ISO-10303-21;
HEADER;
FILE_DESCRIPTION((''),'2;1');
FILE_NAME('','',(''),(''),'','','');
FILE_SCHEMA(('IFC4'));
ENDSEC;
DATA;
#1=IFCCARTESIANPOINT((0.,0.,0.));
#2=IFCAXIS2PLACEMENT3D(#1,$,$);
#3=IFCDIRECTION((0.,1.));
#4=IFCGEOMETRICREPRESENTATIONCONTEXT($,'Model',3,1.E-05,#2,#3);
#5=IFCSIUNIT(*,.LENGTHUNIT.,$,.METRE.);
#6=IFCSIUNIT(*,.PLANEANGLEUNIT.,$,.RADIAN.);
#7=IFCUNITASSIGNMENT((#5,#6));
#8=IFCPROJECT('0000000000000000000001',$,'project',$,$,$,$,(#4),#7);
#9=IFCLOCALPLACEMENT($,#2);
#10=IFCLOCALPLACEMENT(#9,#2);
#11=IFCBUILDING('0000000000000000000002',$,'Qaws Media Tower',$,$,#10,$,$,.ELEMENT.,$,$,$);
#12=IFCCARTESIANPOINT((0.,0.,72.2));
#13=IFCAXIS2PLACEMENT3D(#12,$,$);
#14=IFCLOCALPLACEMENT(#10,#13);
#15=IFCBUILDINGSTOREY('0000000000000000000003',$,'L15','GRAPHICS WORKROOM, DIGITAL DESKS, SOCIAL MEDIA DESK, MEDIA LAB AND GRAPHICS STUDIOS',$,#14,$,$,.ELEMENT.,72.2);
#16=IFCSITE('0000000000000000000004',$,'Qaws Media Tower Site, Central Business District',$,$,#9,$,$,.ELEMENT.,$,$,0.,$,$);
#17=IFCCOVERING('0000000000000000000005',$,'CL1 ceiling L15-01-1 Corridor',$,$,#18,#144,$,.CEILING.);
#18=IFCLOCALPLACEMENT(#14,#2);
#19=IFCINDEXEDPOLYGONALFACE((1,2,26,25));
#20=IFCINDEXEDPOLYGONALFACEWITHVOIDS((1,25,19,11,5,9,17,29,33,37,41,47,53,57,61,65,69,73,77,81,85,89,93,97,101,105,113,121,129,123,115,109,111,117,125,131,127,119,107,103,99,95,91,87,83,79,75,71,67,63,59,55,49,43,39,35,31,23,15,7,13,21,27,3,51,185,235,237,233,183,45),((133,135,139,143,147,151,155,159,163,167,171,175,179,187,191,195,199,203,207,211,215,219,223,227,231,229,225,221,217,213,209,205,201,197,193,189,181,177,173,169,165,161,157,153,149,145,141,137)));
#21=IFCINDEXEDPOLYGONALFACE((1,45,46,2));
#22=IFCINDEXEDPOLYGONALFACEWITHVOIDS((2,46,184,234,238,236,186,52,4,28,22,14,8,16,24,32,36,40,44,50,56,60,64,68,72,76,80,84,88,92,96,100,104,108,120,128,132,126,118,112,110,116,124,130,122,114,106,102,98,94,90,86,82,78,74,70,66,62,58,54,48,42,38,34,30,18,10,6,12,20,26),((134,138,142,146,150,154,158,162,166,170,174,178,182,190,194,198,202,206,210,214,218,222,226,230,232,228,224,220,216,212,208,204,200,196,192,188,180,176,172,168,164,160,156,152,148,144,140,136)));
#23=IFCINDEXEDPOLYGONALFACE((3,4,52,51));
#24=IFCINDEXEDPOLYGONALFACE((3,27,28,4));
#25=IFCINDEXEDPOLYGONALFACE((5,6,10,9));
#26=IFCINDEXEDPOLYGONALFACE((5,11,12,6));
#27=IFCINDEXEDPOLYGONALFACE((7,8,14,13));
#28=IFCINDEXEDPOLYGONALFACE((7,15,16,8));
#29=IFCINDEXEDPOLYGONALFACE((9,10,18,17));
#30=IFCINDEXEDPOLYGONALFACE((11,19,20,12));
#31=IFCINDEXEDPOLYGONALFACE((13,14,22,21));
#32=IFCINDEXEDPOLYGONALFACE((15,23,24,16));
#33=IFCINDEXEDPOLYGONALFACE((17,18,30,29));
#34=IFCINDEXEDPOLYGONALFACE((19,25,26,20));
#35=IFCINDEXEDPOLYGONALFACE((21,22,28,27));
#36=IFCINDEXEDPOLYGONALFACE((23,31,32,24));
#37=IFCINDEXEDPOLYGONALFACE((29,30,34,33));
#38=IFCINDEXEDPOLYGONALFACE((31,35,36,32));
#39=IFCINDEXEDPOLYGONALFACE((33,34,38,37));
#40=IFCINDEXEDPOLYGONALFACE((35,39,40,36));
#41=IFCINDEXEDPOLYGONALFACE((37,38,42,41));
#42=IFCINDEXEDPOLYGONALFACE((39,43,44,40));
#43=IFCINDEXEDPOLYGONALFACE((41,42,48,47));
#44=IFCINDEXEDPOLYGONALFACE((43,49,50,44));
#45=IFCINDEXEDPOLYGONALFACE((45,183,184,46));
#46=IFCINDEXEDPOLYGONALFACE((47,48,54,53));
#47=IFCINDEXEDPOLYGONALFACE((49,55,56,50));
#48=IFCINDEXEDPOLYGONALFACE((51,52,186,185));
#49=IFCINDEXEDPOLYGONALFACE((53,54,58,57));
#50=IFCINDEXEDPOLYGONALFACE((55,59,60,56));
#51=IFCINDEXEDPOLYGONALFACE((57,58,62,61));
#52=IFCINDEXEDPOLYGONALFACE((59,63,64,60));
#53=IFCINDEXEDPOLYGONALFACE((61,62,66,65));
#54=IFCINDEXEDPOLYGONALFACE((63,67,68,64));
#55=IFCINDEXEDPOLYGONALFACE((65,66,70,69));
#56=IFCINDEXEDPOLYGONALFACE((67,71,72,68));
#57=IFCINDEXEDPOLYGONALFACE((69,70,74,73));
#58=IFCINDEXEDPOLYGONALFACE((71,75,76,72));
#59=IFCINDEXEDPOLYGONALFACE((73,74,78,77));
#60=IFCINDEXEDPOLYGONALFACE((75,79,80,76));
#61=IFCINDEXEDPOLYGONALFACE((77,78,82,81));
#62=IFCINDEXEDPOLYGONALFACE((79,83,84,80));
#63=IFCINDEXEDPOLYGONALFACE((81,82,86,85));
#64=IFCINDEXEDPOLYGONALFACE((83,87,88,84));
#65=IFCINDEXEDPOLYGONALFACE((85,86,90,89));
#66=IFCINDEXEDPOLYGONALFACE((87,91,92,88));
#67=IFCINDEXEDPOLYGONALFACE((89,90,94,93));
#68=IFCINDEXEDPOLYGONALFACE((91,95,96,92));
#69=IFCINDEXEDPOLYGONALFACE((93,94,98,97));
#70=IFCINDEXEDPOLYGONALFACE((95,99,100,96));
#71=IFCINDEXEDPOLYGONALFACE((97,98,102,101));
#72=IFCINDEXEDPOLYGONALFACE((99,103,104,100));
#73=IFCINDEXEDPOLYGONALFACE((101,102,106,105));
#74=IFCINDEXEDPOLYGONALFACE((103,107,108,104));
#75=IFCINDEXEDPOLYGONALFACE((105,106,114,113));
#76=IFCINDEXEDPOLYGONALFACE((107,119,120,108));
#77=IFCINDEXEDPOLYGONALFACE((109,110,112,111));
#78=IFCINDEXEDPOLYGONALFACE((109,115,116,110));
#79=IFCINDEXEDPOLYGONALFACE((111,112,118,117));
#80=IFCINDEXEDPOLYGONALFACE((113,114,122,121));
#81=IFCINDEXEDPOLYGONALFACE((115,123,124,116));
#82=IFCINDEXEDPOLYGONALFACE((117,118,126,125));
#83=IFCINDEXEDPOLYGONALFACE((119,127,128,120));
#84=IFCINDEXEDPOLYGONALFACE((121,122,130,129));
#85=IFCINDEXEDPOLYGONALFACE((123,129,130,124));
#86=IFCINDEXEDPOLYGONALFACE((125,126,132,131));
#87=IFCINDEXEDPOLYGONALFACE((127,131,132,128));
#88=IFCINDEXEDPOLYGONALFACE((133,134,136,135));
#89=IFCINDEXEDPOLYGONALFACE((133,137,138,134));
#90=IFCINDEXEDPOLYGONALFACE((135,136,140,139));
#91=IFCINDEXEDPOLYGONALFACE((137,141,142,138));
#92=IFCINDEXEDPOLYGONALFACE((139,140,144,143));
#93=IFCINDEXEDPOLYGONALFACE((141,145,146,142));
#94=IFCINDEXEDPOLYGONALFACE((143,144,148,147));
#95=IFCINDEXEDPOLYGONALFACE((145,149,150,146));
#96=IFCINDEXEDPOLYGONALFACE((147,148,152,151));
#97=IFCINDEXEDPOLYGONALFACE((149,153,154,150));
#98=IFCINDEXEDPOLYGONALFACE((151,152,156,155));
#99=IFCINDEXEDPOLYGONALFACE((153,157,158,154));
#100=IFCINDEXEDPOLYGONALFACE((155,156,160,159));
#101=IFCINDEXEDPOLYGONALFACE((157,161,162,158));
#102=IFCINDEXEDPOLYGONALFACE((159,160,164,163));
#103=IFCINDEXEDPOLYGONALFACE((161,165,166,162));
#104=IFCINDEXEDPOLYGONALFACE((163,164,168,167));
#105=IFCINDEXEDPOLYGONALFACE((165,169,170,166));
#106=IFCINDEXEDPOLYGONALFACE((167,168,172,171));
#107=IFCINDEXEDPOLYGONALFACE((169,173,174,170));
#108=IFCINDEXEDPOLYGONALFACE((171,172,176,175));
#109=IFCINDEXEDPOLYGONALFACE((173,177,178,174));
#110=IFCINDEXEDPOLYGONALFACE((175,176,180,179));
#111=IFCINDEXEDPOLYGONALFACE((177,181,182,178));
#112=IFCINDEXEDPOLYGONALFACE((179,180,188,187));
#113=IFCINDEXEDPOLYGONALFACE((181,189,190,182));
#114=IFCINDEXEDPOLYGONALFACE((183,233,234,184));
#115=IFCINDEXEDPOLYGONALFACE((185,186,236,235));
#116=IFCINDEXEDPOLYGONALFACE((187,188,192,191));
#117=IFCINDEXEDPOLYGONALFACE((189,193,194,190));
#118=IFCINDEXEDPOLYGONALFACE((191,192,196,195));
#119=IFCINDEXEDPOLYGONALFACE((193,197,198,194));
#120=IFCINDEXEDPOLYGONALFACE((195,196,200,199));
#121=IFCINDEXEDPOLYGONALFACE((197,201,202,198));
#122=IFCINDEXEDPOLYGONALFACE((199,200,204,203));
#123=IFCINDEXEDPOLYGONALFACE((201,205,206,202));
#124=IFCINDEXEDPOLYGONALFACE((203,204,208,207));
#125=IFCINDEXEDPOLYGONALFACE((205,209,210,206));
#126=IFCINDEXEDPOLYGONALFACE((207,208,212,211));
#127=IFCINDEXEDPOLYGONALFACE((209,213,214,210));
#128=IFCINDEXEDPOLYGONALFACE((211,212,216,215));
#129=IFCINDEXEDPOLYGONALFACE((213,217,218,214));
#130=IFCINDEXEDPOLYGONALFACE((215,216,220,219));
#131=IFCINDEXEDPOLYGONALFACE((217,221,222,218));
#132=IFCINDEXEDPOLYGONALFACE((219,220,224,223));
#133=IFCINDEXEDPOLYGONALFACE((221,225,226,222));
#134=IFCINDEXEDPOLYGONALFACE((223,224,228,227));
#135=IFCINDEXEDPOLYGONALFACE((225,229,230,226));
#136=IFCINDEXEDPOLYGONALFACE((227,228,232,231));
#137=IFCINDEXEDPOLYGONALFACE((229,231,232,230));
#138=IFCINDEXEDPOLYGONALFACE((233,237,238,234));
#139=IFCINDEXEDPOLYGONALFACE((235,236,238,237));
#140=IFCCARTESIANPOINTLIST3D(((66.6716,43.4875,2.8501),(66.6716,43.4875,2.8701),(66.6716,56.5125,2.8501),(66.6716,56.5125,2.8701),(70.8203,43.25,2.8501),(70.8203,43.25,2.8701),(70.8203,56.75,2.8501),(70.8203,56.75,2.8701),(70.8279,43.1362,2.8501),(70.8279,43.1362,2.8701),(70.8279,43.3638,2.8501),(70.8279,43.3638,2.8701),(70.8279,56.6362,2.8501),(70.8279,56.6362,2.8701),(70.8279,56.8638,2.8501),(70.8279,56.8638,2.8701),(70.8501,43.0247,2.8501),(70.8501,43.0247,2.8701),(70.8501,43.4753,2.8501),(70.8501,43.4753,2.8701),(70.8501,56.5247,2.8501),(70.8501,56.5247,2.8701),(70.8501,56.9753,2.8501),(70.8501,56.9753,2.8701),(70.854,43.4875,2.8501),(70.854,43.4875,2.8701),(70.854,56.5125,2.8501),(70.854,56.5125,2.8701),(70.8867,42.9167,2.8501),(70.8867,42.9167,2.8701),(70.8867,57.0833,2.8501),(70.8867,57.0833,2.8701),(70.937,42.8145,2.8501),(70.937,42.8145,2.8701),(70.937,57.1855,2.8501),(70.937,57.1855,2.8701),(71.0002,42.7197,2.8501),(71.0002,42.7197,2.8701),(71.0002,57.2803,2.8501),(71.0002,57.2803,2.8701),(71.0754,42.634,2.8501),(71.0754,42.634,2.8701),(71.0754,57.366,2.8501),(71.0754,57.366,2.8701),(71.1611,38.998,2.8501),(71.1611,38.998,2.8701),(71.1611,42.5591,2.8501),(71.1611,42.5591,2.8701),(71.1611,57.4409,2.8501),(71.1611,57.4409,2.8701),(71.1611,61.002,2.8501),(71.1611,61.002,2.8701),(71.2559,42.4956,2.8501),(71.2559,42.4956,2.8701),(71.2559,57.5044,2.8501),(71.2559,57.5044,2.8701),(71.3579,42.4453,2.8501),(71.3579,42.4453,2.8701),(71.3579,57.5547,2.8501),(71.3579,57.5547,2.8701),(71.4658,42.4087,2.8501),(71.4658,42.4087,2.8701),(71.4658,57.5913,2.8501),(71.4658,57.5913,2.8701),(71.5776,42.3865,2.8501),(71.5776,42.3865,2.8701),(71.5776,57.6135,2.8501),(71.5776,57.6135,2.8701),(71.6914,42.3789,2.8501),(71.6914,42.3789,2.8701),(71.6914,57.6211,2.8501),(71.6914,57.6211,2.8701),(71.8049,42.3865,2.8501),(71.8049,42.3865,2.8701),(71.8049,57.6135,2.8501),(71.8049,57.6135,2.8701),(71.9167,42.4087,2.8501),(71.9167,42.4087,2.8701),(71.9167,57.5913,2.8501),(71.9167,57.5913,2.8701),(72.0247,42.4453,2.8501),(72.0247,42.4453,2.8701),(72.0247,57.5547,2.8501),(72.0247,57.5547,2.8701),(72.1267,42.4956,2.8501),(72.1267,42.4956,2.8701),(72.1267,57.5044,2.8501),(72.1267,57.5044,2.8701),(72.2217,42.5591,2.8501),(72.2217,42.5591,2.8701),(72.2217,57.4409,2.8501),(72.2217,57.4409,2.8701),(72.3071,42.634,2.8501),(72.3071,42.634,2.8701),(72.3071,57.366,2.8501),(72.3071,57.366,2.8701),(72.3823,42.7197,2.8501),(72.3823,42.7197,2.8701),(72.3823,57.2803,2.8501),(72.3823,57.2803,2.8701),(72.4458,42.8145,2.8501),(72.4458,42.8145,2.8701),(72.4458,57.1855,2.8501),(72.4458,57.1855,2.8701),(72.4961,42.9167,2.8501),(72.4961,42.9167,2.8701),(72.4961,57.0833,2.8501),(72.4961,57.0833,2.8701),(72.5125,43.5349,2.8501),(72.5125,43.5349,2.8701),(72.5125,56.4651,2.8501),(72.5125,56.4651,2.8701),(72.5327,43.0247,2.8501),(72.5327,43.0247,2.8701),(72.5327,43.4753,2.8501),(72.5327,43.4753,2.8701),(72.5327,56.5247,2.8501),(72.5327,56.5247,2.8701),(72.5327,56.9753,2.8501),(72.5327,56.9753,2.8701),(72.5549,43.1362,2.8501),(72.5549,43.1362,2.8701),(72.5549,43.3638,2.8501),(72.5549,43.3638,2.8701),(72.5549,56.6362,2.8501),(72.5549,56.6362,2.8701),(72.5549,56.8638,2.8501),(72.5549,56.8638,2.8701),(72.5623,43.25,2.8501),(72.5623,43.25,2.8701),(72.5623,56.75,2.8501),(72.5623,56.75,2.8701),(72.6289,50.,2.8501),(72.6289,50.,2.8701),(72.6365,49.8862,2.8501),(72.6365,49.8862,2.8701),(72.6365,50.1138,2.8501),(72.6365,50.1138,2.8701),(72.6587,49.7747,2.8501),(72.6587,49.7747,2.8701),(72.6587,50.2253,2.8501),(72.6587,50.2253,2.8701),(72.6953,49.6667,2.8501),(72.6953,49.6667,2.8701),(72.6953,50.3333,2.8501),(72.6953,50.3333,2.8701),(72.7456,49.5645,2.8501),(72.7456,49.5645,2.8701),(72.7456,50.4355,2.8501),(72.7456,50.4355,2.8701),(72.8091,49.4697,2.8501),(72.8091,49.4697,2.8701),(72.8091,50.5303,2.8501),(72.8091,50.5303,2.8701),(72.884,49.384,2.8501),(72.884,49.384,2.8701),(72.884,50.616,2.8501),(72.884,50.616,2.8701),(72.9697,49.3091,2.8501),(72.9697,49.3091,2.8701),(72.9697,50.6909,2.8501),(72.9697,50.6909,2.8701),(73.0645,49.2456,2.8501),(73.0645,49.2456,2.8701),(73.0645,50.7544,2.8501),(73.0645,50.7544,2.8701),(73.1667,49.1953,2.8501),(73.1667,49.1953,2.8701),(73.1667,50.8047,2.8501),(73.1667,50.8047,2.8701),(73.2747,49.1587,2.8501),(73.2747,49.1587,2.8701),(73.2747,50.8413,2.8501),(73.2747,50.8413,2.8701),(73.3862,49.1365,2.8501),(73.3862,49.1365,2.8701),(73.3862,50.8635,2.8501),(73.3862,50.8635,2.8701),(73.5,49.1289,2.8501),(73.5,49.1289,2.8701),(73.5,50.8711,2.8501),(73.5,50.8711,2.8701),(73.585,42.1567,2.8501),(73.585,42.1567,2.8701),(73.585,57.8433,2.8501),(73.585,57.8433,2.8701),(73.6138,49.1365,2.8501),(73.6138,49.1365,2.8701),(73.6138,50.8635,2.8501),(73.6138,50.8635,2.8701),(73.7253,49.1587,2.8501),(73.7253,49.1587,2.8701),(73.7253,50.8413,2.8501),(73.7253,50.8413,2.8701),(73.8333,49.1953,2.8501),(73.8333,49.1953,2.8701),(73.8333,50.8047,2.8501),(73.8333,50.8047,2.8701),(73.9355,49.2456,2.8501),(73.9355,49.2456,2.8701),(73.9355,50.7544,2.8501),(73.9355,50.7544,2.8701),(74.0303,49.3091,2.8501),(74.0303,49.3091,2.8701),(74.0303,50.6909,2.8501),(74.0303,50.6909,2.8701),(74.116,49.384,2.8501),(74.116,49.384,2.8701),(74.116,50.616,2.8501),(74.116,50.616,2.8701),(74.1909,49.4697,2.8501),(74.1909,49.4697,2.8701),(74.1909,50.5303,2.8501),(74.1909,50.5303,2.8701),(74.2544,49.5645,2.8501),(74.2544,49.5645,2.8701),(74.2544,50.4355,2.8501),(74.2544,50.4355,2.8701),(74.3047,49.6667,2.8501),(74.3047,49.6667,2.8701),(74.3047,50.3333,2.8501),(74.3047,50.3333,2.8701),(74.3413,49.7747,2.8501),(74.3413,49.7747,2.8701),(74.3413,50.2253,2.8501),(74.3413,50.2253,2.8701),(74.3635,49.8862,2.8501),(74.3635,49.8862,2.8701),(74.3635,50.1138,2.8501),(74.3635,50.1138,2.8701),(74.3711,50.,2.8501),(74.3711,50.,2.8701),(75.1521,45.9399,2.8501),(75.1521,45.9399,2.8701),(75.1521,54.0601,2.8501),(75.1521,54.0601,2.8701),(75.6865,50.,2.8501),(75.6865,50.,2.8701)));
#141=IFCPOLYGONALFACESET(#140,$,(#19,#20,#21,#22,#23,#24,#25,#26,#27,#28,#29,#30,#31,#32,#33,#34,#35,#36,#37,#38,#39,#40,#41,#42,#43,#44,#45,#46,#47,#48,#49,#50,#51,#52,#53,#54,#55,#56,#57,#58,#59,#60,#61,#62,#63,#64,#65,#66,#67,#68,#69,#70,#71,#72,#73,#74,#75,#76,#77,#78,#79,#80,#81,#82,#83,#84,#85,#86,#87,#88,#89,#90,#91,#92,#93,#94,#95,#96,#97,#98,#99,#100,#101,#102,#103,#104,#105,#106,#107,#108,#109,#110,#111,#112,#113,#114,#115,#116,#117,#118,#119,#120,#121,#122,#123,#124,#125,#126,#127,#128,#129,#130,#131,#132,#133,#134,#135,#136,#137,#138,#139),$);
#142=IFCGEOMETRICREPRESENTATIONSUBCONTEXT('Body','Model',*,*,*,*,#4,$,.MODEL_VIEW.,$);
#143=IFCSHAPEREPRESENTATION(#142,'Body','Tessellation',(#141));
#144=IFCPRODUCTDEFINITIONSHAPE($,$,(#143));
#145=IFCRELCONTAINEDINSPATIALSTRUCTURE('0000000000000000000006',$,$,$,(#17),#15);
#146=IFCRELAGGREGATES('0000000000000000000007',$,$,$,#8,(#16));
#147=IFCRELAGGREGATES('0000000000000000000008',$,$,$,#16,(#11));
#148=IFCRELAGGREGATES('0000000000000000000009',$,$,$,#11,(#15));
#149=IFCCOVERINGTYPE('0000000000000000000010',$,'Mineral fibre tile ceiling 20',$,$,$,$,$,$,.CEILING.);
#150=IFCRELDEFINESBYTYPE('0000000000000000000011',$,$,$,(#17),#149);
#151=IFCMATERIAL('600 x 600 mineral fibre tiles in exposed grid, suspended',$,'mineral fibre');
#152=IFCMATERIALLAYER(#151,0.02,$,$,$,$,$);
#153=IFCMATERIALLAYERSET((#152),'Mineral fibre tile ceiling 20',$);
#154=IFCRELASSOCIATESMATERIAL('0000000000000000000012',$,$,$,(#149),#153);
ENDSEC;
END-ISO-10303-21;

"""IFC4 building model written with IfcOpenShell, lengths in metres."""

from ifc_helpers import new_model, si_unit, direction, frame, origin, place, context, subcontext, project, spatial, polyline, outline, extrude, material, layer, layer_set, type_object, element, save


model = new_model("IFC4")

# Units and contexts
model_context = context("Model", 3, precision=1e-05, world=origin(), true_north=direction((0.0, 1.0)))
body_context = subcontext(model_context, "Body", "Model", "MODEL_VIEW")
ifc_project = project(units=[si_unit("LENGTHUNIT", "METRE"), si_unit("PLANEANGLEUNIT", "RADIAN")], contexts=[model_context])

# Site, building, storey
site_placement = place(None, origin())
site = spatial("IfcSite", under=ifc_project, at=site_placement, Name="Qaws Media Tower Site, Central Business District", CompositionType="ELEMENT", RefElevation=0.0)
building_placement = place(site_placement, origin())
building = spatial("IfcBuilding", under=site, at=building_placement, Name="Qaws Media Tower", CompositionType="ELEMENT")
storey_placement = place(building_placement, frame((0.0, 0.0, 72.2)))
storey = spatial("IfcBuildingStorey", under=building, at=storey_placement, Name="L15", Description="GRAPHICS WORKROOM, DIGITAL DESKS, SOCIAL MEDIA DESK, MEDIA LAB AND GRAPHICS STUDIOS", CompositionType="ELEMENT", Elevation=72.2)

# Covering
ifc_material_1 = material(Name="600 x 600 mineral fibre tiles in exposed grid, suspended", Category="mineral fibre")
ifc_layer_1 = layer(ifc_material_1, 0.02)
ifc_layer_set_1 = layer_set([ifc_layer_1], Name="Mineral fibre tile ceiling 20")
covering_type_1 = type_object("IfcCoveringType", Name="Mineral fibre tile ceiling 20", PredefinedType="CEILING", material=ifc_layer_set_1)
covering_1_placement = place(storey_placement, frame((0.0, 0.0, 2.8501)))
element("IfcCovering", 1, at=covering_1_placement, inside=storey, type_object=covering_type_1, Name="CL1 ceiling L15-01-1 Corridor", PredefinedType="CEILING", context=body_context, shape_type="SweptSolid", body=[
    extrude(outline(polyline([(73.585, 57.8433), (75.1521, 54.0601), (75.6865, 50.0), (75.1521, 45.9399), (73.585, 42.1567), (71.1611, 38.998), (66.6716, 43.4875), (70.854, 43.4875), (70.8501, 43.4753), (70.8279, 43.3638), (70.8203, 43.25), (70.8279, 43.1362), (70.8501, 43.0247), (70.8867, 42.9167), (70.937, 42.8145), (71.0002, 42.7197), (71.0754, 42.634), (71.1611, 42.5591), (71.2559, 42.4956), (71.3579, 42.4453), (71.4658, 42.4087), (71.5776, 42.3865), (71.6914, 42.3789), (71.8049, 42.3865), (71.9167, 42.4087), (72.0247, 42.4453), (72.1267, 42.4956), (72.2217, 42.5591), (72.3071, 42.634), (72.3823, 42.7197), (72.4458, 42.8145), (72.4961, 42.9167), (72.5327, 43.0247), (72.5549, 43.1362), (72.5623, 43.25), (72.5549, 43.3638), (72.5327, 43.4753), (72.5125, 43.5349), (72.5125, 56.4651), (72.5327, 56.5247), (72.5549, 56.6362), (72.5623, 56.75), (72.5549, 56.8638), (72.5327, 56.9753), (72.4961, 57.0833), (72.4458, 57.1855), (72.3823, 57.2803), (72.3071, 57.366), (72.2217, 57.4409), (72.1267, 57.5044), (72.0247, 57.5547), (71.9167, 57.5913), (71.8049, 57.6135), (71.6914, 57.6211), (71.5776, 57.6135), (71.4658, 57.5913), (71.3579, 57.5547), (71.2559, 57.5044), (71.1611, 57.4409), (71.0754, 57.366), (71.0002, 57.2803), (70.937, 57.1855), (70.8867, 57.0833), (70.8501, 56.9753), (70.8279, 56.8638), (70.8203, 56.75), (70.8279, 56.6362), (70.8501, 56.5247), (70.854, 56.5125), (66.6716, 56.5125), (71.1611, 61.002), (73.585, 57.8433)]), holes=[polyline([(74.3413, 49.7747), (74.3635, 49.8862), (74.3711, 50.0), (74.3635, 50.1138), (74.3413, 50.2253), (74.3047, 50.3333), (74.2544, 50.4355), (74.1909, 50.5303), (74.116, 50.616), (74.0303, 50.6909), (73.9355, 50.7544), (73.8333, 50.8047), (73.7253, 50.8413), (73.6138, 50.8635), (73.5, 50.8711), (73.3862, 50.8635), (73.2747, 50.8413), (73.1667, 50.8047), (73.0645, 50.7544), (72.9697, 50.6909), (72.884, 50.616), (72.8091, 50.5303), (72.7456, 50.4355), (72.6953, 50.3333), (72.6587, 50.2253), (72.6365, 50.1138), (72.6289, 50.0), (72.6365, 49.8862), (72.6587, 49.7747), (72.6953, 49.6667), (72.7456, 49.5645), (72.8091, 49.4697), (72.884, 49.384), (72.9697, 49.3091), (73.0645, 49.2456), (73.1667, 49.1953), (73.2747, 49.1587), (73.3862, 49.1365), (73.5, 49.1289), (73.6138, 49.1365), (73.7253, 49.1587), (73.8333, 49.1953), (73.9355, 49.2456), (74.0303, 49.3091), (74.116, 49.384), (74.1909, 49.4697), (74.2544, 49.5645), (74.3047, 49.6667), (74.3413, 49.7747)])]), origin(), (0.0, 0.0, 1.0), 0.02),
])

save(model, "model.ifc")
